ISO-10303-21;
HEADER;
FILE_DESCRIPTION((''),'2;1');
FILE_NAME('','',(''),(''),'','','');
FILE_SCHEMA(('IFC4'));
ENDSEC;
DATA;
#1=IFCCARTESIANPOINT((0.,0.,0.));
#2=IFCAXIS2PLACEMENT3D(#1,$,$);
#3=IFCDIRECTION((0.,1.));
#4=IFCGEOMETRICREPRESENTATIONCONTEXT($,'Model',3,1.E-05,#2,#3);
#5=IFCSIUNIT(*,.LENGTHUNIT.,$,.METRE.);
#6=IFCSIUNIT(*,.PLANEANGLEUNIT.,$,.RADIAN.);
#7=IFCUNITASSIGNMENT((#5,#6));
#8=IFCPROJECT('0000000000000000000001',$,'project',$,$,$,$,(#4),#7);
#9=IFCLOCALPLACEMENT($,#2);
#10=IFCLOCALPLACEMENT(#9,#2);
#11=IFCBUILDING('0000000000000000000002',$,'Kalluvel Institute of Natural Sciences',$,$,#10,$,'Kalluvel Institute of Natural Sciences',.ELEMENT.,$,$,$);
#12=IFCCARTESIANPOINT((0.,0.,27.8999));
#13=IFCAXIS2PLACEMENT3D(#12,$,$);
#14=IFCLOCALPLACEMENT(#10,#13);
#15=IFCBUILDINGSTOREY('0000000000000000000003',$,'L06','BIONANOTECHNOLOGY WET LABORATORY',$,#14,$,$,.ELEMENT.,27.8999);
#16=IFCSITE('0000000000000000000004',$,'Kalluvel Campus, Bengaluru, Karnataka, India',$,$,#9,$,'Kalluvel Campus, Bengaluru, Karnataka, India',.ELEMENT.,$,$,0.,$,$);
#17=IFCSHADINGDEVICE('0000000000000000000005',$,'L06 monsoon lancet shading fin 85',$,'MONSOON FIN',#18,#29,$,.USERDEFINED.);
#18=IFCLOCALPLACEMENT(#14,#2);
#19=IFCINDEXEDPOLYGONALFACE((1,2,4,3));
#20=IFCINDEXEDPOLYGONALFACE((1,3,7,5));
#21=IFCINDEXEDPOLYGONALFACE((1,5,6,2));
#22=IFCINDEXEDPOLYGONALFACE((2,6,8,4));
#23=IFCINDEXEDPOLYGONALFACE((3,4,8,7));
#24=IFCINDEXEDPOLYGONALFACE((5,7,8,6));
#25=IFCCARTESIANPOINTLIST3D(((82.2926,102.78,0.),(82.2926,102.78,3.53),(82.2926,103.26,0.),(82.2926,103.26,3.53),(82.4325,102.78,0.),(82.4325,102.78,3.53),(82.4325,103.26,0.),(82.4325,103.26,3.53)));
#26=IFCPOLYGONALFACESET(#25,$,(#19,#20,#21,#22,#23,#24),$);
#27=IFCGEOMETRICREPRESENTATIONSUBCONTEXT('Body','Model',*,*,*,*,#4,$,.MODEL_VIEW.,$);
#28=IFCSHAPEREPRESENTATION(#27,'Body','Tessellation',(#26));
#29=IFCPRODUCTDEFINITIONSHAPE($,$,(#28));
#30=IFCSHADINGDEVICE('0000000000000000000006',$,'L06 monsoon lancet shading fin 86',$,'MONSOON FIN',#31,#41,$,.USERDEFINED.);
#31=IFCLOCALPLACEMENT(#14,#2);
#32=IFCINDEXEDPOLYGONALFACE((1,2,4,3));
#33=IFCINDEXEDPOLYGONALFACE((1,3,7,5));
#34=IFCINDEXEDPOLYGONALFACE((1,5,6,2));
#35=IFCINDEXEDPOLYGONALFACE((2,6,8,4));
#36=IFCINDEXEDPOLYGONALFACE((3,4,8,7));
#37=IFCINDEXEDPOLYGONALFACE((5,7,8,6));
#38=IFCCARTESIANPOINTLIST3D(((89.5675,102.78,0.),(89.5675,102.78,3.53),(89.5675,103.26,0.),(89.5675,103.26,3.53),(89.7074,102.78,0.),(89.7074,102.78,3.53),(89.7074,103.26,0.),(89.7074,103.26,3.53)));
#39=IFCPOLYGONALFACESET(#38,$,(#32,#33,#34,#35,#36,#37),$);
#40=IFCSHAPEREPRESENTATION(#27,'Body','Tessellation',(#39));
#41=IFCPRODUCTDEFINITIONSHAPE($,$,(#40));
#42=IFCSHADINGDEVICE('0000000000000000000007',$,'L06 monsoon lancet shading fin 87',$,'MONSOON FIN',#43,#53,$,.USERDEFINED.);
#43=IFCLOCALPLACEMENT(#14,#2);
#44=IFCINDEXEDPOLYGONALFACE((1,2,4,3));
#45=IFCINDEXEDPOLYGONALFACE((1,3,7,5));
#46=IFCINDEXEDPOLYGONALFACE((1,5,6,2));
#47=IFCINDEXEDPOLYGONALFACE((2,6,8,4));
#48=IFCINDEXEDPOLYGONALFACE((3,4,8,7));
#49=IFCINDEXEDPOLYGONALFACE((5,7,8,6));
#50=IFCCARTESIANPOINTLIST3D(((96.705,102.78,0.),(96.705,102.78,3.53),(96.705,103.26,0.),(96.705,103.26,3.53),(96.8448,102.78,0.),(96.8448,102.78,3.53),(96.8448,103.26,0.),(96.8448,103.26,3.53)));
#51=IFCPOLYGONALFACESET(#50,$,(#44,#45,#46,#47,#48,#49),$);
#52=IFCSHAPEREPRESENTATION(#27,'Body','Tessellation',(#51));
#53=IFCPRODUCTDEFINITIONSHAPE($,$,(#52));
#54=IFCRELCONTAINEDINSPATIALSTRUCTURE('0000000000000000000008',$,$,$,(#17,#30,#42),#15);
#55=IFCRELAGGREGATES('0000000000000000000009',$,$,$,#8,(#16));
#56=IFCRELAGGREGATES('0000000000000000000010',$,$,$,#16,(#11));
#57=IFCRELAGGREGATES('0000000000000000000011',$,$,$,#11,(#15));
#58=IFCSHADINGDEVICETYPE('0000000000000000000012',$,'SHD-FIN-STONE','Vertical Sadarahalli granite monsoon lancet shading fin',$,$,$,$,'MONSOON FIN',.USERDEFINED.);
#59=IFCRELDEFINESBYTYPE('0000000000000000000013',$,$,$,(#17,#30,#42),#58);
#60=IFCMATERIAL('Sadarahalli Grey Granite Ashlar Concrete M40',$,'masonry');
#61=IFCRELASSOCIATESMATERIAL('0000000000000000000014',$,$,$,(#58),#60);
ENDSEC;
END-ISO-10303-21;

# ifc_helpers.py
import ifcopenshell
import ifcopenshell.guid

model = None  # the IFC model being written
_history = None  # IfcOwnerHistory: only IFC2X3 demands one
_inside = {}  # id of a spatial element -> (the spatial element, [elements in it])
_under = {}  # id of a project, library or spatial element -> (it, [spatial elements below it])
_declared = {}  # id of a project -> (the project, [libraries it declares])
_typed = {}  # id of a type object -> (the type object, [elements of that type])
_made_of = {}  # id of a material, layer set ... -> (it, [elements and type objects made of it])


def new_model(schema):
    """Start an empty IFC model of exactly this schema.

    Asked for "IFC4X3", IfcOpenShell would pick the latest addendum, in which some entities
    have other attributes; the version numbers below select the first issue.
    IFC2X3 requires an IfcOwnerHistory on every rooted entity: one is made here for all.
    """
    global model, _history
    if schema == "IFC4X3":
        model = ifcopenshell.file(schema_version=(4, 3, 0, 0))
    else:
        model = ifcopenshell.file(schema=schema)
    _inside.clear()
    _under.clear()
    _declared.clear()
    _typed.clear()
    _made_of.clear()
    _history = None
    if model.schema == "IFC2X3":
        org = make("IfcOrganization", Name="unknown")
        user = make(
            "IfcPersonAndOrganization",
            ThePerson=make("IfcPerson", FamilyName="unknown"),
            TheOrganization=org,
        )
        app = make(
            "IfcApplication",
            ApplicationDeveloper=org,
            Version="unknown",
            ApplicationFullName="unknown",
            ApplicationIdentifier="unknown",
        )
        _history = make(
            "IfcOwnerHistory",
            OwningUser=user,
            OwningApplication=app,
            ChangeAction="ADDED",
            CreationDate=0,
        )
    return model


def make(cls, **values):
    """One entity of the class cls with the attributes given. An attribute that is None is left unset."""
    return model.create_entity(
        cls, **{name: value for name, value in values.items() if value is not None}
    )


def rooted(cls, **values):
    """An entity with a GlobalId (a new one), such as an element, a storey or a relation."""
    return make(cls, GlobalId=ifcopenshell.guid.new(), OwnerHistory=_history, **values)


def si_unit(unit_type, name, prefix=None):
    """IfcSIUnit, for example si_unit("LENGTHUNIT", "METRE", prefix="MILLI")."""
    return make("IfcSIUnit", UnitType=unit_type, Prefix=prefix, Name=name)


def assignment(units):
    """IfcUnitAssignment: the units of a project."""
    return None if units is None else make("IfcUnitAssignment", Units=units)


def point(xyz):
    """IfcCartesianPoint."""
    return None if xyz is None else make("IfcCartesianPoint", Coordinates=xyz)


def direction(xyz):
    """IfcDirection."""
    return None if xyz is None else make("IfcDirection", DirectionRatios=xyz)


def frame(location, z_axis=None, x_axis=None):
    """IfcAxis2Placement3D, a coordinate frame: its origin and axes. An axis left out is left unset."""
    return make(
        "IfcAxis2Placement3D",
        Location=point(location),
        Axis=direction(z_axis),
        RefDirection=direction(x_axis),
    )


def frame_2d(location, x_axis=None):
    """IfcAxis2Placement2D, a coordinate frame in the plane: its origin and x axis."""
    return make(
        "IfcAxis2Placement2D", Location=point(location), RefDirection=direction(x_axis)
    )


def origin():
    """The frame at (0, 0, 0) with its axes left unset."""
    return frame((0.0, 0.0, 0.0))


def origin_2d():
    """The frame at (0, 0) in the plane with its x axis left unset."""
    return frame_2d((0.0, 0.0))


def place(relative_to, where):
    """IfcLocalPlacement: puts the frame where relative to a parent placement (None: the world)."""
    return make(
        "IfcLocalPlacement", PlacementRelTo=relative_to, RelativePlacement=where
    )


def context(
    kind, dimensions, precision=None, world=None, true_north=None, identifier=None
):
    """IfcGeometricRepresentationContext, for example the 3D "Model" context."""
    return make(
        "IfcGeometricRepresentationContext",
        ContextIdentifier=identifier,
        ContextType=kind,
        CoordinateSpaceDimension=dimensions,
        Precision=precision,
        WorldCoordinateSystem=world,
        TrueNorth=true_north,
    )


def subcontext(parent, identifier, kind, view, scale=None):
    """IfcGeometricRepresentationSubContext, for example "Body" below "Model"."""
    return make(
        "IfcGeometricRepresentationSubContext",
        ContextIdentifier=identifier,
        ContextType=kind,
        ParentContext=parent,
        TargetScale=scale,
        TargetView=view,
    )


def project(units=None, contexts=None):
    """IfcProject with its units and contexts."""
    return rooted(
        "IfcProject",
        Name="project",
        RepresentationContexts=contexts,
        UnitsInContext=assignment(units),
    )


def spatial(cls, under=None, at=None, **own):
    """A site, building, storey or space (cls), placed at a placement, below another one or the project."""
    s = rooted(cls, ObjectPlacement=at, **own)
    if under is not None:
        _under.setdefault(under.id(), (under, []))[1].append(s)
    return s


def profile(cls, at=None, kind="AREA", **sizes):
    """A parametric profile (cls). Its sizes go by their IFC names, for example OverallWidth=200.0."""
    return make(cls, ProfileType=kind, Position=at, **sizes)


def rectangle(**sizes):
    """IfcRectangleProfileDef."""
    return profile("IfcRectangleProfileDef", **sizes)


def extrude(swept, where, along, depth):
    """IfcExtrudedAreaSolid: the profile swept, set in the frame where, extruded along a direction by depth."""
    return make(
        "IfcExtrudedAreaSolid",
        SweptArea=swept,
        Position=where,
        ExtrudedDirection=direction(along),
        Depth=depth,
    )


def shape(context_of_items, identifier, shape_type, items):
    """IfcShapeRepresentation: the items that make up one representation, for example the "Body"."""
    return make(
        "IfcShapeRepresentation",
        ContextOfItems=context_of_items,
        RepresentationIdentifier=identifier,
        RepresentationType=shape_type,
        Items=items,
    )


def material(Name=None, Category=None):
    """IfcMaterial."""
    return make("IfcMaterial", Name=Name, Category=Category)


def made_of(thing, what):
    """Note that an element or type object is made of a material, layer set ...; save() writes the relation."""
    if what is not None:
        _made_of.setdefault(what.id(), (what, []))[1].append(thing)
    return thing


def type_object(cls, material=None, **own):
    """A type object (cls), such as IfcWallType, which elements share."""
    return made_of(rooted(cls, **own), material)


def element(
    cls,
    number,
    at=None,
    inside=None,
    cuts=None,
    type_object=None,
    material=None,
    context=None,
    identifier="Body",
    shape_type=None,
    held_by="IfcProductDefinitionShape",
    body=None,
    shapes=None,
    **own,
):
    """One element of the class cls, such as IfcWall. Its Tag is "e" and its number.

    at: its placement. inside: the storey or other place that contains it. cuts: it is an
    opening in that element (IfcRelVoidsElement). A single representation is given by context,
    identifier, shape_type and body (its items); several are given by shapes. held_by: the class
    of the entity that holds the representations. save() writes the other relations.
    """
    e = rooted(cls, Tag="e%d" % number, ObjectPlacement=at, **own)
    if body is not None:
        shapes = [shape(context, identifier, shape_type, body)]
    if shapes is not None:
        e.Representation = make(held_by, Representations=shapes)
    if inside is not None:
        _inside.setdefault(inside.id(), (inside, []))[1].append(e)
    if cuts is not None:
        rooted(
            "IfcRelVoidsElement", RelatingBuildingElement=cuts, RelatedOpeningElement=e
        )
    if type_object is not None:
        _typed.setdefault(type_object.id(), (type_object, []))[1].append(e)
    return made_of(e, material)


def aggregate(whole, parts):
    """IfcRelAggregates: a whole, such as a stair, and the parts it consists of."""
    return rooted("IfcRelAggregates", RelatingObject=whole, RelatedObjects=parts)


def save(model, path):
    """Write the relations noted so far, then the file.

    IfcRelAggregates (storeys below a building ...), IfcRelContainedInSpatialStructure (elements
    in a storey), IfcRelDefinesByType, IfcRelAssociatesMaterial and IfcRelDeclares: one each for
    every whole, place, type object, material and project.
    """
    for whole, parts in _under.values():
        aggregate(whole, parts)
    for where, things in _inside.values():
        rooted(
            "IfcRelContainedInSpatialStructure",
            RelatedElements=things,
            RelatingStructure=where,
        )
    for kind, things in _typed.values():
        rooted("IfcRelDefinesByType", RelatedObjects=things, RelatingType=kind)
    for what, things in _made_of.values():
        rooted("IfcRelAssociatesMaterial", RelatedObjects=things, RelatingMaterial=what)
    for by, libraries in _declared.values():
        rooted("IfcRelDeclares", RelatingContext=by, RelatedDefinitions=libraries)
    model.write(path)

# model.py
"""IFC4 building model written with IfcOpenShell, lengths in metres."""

from ifc_helpers import new_model, si_unit, direction, frame, origin, origin_2d, place, context, subcontext, project, spatial, rectangle, extrude, material, type_object, element, save


model = new_model("IFC4")

# Units and contexts
model_context = context("Model", 3, precision=1e-05, world=origin(), true_north=direction((0.0, 1.0)))
body_context = subcontext(model_context, "Body", "Model", "MODEL_VIEW")
ifc_project = project(units=[si_unit("LENGTHUNIT", "METRE"), si_unit("PLANEANGLEUNIT", "RADIAN")], contexts=[model_context])

# Site, building, storey
site_placement = place(None, origin())
site = spatial("IfcSite", under=ifc_project, at=site_placement, Name="Kalluvel Campus, Bengaluru, Karnataka, India", LongName="Kalluvel Campus, Bengaluru, Karnataka, India", CompositionType="ELEMENT", RefElevation=0.0)
building_placement = place(site_placement, origin())
building = spatial("IfcBuilding", under=site, at=building_placement, Name="Kalluvel Institute of Natural Sciences", LongName="Kalluvel Institute of Natural Sciences", CompositionType="ELEMENT")
storey_placement = place(building_placement, frame((0.0, 0.0, 27.8999)))
storey = spatial("IfcBuildingStorey", under=building, at=storey_placement, Name="L06", Description="BIONANOTECHNOLOGY WET LABORATORY", CompositionType="ELEMENT", Elevation=27.8999)

# Shading devices
ifc_material_1 = material(Name="Sadarahalli Grey Granite Ashlar Concrete M40", Category="masonry")
shading_device_type = type_object("IfcShadingDeviceType", Name="SHD-FIN-STONE", Description="Vertical Sadarahalli granite monsoon lancet shading fin", ElementType="MONSOON FIN", PredefinedType="USERDEFINED", material=ifc_material_1)
for number, where, z_axis, x_axis, name in (
    (1, (82.3625, 103.02, 0.0), (0.0, 0.0, 1.0), (1.0, 0.0, 0.0), "L06 monsoon lancet shading fin 85"),
    (2, (89.6375, 103.02, 0.0), (0.0, 0.0, 1.0), (1.0, 0.0, 0.0), "L06 monsoon lancet shading fin 86"),
    (3, (96.7749, 103.02, 0.0), (0.0, 0.0, 1.0), (1.0, 0.0, 0.0), "L06 monsoon lancet shading fin 87"),
):
    element("IfcShadingDevice", number, at=place(storey_placement, frame(where, z_axis=z_axis, x_axis=x_axis)), inside=storey, type_object=shading_device_type, Name=name, ObjectType="MONSOON FIN", PredefinedType="USERDEFINED", context=body_context, shape_type="SweptSolid", body=[
        extrude(rectangle(XDim=0.1399, YDim=0.48, at=origin_2d()), origin(), (0.0, 0.0, 1.0), 3.53),
    ])

save(model, "model.ifc")
